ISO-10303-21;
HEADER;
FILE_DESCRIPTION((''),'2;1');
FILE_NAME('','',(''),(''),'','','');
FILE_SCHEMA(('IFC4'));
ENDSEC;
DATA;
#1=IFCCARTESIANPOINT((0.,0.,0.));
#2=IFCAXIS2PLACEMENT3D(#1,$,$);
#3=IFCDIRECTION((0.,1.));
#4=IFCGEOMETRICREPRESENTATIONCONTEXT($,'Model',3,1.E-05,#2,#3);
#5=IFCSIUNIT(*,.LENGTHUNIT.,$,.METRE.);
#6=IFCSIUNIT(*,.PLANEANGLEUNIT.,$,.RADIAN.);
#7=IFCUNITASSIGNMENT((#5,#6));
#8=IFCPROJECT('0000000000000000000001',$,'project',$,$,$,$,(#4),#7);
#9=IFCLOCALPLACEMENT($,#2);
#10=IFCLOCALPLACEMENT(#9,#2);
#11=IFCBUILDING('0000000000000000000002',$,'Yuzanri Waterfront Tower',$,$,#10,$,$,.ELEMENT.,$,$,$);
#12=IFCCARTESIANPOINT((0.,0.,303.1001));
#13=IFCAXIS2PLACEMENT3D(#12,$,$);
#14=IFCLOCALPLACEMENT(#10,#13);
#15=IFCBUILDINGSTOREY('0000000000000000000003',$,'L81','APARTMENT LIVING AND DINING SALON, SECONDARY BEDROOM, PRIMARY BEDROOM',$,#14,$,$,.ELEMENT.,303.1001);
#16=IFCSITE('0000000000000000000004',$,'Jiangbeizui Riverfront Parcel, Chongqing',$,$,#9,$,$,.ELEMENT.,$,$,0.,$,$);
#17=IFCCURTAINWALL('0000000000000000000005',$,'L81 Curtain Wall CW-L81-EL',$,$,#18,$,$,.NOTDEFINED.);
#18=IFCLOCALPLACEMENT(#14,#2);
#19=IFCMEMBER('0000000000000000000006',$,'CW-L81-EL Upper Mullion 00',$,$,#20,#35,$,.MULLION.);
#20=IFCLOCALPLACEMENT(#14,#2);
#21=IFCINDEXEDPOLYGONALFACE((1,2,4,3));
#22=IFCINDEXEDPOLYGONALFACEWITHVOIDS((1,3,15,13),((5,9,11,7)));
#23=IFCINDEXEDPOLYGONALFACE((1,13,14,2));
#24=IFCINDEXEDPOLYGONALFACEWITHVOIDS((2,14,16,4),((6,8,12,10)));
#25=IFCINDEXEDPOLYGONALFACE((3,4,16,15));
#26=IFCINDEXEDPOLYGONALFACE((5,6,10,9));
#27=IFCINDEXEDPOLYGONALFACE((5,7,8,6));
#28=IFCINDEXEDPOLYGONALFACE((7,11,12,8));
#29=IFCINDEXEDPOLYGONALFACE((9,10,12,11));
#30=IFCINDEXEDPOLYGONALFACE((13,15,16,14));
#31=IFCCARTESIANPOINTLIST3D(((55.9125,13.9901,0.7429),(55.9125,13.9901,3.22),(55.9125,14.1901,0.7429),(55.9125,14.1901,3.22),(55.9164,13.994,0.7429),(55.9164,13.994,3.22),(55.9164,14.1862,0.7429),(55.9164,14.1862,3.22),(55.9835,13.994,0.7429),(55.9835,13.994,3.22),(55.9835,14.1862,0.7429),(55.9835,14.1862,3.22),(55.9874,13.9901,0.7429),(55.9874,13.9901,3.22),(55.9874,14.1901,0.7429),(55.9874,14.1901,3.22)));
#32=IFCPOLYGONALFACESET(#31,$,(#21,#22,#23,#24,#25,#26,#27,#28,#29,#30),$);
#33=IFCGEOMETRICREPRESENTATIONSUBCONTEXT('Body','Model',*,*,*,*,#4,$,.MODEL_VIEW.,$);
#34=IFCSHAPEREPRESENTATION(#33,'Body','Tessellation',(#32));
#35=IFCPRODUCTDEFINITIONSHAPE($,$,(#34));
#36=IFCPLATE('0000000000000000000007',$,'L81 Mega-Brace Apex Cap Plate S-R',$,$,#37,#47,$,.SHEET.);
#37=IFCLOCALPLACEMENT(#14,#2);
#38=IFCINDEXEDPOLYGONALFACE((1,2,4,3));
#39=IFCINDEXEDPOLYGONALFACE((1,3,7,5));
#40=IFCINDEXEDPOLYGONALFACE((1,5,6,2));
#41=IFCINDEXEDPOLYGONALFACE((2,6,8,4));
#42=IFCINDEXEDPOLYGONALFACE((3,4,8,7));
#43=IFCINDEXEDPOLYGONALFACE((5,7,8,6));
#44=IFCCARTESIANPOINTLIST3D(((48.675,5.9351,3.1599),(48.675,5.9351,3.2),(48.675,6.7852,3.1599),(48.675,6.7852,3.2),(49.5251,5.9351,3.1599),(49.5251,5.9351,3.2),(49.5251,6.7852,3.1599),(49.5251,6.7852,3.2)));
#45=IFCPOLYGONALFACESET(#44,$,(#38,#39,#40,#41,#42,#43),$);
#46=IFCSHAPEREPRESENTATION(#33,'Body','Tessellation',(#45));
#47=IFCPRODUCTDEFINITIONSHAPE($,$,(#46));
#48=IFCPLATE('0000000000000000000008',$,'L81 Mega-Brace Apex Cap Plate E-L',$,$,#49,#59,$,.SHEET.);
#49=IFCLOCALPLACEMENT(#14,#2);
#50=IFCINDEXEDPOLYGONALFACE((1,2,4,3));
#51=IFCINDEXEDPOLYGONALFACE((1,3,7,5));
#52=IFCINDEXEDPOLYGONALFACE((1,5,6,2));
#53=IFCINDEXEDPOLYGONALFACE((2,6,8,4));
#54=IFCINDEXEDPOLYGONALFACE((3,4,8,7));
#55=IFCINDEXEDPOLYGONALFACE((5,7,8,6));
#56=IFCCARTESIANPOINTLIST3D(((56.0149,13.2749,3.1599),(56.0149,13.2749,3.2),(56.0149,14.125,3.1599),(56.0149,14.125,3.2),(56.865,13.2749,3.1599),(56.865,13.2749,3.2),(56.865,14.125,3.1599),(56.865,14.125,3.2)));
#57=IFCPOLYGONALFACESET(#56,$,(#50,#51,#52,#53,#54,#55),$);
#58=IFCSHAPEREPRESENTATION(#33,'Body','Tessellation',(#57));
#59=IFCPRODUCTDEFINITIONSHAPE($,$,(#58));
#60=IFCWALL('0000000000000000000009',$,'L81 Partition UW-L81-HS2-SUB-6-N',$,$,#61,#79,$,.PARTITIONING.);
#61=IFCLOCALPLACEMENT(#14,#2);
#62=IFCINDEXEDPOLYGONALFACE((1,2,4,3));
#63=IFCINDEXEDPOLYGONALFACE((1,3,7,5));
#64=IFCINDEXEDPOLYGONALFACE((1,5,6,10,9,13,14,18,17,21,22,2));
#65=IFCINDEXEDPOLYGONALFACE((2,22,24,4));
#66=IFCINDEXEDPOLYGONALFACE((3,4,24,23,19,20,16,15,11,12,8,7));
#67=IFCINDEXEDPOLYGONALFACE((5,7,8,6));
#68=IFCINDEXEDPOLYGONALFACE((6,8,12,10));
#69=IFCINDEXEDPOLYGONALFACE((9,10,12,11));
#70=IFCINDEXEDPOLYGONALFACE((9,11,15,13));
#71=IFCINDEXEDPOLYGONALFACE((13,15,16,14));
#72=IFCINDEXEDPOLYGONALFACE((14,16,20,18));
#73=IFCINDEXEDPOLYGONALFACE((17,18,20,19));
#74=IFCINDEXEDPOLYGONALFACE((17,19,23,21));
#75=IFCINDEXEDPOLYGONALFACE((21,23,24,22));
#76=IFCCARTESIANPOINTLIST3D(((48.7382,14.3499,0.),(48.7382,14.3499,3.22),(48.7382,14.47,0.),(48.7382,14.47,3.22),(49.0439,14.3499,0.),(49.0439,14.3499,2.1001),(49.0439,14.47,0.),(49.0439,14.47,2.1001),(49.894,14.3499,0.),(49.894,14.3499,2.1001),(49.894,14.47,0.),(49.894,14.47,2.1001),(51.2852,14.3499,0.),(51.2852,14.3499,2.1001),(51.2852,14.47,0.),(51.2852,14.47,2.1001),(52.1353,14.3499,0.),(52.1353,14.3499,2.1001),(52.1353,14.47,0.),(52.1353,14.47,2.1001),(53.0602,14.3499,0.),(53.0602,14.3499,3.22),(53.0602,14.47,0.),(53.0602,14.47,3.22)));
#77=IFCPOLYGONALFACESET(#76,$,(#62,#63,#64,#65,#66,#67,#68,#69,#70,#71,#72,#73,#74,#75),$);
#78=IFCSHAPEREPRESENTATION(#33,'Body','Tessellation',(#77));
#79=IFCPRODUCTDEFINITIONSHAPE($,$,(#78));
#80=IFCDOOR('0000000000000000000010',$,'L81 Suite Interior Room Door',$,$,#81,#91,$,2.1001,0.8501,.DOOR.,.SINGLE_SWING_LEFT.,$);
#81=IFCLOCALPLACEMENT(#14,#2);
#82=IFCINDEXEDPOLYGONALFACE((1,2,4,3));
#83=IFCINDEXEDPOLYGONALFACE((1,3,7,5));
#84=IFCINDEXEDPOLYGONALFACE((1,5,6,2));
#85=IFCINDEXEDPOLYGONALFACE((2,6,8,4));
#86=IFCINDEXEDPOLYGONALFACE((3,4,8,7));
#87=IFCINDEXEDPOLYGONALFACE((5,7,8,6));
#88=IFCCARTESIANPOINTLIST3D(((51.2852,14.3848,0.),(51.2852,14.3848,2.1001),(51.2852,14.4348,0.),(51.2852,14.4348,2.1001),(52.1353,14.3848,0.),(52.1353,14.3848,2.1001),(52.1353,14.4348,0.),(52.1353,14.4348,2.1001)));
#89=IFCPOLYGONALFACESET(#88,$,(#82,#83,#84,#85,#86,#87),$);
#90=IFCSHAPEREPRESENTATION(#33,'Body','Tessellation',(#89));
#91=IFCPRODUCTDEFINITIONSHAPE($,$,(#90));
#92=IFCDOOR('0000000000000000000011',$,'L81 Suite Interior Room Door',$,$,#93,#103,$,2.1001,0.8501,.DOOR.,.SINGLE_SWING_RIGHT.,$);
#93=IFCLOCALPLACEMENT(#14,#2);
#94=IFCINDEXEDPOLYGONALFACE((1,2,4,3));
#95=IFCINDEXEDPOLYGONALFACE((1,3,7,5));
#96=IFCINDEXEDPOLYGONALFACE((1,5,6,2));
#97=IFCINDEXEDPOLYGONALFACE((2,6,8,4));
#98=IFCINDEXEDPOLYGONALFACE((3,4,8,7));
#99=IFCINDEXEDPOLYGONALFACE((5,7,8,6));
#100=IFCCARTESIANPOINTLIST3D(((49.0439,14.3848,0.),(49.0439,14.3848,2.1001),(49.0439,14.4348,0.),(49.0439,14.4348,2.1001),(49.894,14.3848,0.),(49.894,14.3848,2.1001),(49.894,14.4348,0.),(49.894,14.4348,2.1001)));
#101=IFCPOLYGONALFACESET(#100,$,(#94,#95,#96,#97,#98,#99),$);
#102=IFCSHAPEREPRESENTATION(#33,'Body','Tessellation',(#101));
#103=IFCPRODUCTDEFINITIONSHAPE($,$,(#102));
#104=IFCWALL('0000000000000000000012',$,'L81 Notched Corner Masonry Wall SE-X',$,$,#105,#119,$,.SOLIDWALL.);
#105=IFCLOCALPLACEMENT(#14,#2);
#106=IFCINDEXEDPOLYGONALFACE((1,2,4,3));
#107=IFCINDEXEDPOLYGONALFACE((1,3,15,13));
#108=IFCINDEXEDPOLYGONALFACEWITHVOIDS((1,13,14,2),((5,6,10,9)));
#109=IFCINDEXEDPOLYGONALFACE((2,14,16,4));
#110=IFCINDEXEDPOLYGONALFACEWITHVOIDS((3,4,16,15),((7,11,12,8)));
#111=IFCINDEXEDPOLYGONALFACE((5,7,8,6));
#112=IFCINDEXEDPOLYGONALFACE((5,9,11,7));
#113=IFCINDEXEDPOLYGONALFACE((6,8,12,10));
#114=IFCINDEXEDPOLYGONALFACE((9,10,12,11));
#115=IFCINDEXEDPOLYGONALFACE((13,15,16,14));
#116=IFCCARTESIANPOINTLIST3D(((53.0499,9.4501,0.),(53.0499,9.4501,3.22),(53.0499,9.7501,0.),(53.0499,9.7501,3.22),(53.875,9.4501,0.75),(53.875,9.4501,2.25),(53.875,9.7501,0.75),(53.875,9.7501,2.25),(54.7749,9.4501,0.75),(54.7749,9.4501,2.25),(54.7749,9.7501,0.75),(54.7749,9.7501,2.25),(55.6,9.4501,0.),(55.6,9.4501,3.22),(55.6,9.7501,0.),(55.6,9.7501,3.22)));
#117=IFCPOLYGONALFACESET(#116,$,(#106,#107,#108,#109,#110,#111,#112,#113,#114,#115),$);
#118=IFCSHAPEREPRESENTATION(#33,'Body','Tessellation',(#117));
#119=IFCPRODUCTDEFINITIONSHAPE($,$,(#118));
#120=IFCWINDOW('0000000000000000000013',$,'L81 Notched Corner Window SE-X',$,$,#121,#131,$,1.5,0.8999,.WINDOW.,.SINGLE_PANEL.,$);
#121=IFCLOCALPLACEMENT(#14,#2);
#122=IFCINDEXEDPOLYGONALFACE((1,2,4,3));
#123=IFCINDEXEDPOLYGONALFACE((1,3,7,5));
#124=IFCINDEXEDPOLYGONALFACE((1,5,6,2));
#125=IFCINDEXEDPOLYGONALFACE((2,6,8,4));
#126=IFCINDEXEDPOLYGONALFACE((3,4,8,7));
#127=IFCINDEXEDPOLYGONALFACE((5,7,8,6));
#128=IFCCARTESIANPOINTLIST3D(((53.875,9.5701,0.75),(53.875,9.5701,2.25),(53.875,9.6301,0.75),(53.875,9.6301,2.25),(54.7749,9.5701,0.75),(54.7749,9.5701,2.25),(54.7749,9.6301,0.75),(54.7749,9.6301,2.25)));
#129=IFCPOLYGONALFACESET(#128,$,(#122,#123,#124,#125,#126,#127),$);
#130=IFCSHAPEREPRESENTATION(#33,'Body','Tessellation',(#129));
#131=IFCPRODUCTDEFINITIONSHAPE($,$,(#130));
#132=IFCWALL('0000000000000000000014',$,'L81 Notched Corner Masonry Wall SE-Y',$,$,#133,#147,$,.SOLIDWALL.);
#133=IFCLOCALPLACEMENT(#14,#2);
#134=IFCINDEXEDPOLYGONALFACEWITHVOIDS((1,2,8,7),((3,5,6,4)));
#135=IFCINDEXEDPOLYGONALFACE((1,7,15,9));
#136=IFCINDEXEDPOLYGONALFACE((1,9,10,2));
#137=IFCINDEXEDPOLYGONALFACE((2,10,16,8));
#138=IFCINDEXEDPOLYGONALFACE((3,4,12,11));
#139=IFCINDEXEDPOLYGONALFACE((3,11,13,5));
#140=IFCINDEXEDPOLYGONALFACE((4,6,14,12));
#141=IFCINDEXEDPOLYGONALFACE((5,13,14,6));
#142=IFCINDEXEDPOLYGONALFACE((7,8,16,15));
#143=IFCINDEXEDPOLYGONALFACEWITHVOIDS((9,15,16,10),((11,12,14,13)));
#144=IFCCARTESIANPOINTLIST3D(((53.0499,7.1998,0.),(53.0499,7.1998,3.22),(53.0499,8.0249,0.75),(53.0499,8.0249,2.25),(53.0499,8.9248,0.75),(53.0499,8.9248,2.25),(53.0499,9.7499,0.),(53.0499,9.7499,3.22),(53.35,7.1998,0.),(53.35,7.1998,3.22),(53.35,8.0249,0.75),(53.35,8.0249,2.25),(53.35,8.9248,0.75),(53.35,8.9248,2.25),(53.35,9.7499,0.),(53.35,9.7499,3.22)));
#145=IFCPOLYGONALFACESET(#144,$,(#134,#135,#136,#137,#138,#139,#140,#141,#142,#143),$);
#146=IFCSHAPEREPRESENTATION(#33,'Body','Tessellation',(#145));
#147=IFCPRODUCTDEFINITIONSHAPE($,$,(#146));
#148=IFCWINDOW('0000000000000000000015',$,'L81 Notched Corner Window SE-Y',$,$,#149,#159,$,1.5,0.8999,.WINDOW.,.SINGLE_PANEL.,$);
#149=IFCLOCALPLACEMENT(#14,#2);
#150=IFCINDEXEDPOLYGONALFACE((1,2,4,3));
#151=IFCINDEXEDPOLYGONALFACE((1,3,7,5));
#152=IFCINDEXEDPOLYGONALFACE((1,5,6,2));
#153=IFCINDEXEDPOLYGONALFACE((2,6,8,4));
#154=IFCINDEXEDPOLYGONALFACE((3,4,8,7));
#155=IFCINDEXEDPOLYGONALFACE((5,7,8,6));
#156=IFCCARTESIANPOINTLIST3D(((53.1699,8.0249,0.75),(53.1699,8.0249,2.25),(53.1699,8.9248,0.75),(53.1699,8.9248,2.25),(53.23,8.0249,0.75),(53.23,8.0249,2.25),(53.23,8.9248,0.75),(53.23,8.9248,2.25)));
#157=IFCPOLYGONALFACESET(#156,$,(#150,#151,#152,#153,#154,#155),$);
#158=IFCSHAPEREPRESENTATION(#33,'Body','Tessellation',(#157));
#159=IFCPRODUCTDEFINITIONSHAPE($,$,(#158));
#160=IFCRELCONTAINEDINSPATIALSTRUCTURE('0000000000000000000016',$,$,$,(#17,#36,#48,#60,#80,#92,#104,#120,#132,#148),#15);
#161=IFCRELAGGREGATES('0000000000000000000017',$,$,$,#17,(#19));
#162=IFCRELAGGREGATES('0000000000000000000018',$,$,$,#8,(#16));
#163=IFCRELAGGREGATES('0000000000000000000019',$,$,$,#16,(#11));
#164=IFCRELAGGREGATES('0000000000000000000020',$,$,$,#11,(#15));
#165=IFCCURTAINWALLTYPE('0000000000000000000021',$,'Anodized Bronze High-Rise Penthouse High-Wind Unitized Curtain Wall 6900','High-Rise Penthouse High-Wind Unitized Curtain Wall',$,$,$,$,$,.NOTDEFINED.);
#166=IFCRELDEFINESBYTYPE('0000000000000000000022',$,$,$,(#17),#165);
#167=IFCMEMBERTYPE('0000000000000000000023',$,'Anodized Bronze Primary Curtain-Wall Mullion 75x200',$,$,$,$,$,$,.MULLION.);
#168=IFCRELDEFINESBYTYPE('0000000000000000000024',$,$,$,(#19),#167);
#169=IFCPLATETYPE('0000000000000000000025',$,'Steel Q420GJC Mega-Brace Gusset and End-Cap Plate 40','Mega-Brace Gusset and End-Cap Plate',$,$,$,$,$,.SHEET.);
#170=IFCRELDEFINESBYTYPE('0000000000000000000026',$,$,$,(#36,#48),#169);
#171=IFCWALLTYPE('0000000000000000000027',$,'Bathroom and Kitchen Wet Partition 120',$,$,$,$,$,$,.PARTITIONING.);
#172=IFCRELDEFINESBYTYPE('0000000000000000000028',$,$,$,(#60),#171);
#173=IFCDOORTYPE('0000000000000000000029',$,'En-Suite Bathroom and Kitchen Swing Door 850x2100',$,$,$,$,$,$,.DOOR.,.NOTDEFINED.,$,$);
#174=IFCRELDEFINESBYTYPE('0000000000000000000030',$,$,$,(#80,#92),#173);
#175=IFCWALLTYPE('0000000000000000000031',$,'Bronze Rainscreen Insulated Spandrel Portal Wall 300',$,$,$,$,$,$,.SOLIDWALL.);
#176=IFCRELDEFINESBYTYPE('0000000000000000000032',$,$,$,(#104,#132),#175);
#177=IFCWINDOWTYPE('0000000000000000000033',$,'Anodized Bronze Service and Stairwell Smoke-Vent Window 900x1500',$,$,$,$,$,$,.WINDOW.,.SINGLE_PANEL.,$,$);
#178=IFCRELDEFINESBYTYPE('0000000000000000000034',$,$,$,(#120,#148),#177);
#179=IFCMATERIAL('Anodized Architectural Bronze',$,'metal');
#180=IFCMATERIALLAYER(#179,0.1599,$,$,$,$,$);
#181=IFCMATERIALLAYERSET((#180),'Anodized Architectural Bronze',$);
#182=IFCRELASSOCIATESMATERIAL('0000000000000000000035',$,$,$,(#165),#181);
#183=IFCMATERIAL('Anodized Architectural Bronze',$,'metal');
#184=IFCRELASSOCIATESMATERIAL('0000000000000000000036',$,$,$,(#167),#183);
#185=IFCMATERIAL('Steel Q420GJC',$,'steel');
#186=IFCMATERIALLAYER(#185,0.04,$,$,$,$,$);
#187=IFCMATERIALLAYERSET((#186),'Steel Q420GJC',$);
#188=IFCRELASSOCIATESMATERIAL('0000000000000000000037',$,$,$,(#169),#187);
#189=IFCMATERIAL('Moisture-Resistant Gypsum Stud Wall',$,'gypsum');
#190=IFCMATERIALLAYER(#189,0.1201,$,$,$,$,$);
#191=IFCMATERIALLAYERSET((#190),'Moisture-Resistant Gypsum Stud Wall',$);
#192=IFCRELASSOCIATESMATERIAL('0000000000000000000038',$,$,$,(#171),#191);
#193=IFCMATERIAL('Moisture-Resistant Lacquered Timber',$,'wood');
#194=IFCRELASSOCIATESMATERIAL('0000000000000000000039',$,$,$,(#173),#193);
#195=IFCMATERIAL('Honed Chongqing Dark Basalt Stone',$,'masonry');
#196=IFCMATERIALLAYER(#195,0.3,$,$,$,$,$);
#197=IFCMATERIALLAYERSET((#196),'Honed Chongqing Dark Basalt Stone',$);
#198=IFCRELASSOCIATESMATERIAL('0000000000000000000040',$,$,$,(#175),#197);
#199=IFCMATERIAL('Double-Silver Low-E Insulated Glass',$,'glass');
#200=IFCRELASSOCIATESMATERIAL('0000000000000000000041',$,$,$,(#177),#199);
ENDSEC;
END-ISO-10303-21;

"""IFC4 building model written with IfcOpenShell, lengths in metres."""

from ifc_helpers import new_model, si_unit, direction, frame, frame_2d, origin, origin_2d, place, context, subcontext, project, spatial, rectangle, hollow_rectangle, extrude, source, transform, mapped, material, layer, layer_set, material_profile, profile_set, type_object, element, fill, aggregate, save


model = new_model("IFC4")

# Units and contexts
model_context = context("Model", 3, precision=1e-05, world=origin(), true_north=direction((0.0, 1.0)))
body_context = subcontext(model_context, "Body", "Model", "MODEL_VIEW")
ifc_project = project(units=[si_unit("LENGTHUNIT", "METRE"), si_unit("PLANEANGLEUNIT", "RADIAN")], contexts=[model_context])

# Site, building, storey
site_placement = place(None, origin())
site = spatial("IfcSite", under=ifc_project, at=site_placement, Name="Jiangbeizui Riverfront Parcel, Chongqing", CompositionType="ELEMENT", RefElevation=0.0)
building_placement = place(site_placement, origin())
building = spatial("IfcBuilding", under=site, at=building_placement, Name="Yuzanri Waterfront Tower", CompositionType="ELEMENT")
storey_placement = place(building_placement, frame((0.0, 0.0, 303.1001)))
storey = spatial("IfcBuildingStorey", under=building, at=storey_placement, Name="L81", Description="APARTMENT LIVING AND DINING SALON, SECONDARY BEDROOM, PRIMARY BEDROOM", CompositionType="ELEMENT", Elevation=303.1001)

# Curtain wall
ifc_material_1 = material(Name="Anodized Architectural Bronze", Category="metal")
ifc_layer_1 = layer(ifc_material_1, 0.1599)
ifc_layer_set_1 = layer_set([ifc_layer_1], Name="Anodized Architectural Bronze")
curtain_wall_type = type_object("IfcCurtainWallType", Name="Anodized Bronze High-Rise Penthouse High-Wind Unitized Curtain Wall 6900", Description="High-Rise Penthouse High-Wind Unitized Curtain Wall", PredefinedType="NOTDEFINED", material=ifc_layer_set_1)
curtain_wall_1_placement = place(storey_placement, origin())
curtain_wall_1 = element("IfcCurtainWall", 1, at=curtain_wall_1_placement, inside=storey, type_object=curtain_wall_type, Name="L81 Curtain Wall CW-L81-EL", PredefinedType="NOTDEFINED")
ifc_material_2 = material(Name="Anodized Architectural Bronze", Category="metal")
ifc_material_profile_1 = material_profile(ifc_material_2, hollow_rectangle(XDim=0.075, YDim=0.2, WallThickness=0.0039, at=origin_2d()), Name="CWM 75x200")
ifc_profile_set_1 = profile_set([ifc_material_profile_1], Name="Anodized Architectural Bronze")
member_type_1 = type_object("IfcMemberType", Name="Anodized Bronze Primary Curtain-Wall Mullion 75x200", PredefinedType="MULLION", material=ifc_profile_set_1)

# Shared definitions
shared_shape_1 = source(origin(), body_context, "Body", "SweptSolid", [
    extrude(hollow_rectangle(XDim=0.075, YDim=0.2, WallThickness=0.0039, at=origin_2d()), origin(), (0.0, 0.0, 1.0), 2.4771),
])

# Member
member_1_placement = place(storey_placement, frame((55.95, 14.0901, 0.7429), z_axis=(0.0, 0.0, 1.0), x_axis=(1.0, 0.0, 0.0)))
member_1 = element("IfcMember", 2, at=member_1_placement, type_object=member_type_1, Name="CW-L81-EL Upper Mullion 00", PredefinedType="MULLION", context=body_context, shape_type="MappedRepresentation", body=[
    mapped(shared_shape_1, transform((0.0, 0.0, 0.0), scale=1.0)),
])
aggregate(curtain_wall_1, [member_1])

# Plates
ifc_material_3 = material(Name="Steel Q420GJC", Category="steel")
ifc_layer_2 = layer(ifc_material_3, 0.04)
ifc_layer_set_2 = layer_set([ifc_layer_2], Name="Steel Q420GJC")
plate_type = type_object("IfcPlateType", Name="Steel Q420GJC Mega-Brace Gusset and End-Cap Plate 40", Description="Mega-Brace Gusset and End-Cap Plate", PredefinedType="SHEET", material=ifc_layer_set_2)
shared_shape_2 = source(origin(), body_context, "Body", "SweptSolid", [
    extrude(rectangle(XDim=0.8501, YDim=0.8501, at=origin_2d()), origin(), (0.0, 0.0, 1.0), 0.04),
])
for number, where, z_axis, x_axis, name in (
    (3, (49.1001, 6.3601, 3.1599), (0.0, 0.0, 1.0), (1.0, 0.0, 0.0), "L81 Mega-Brace Apex Cap Plate S-R"),
    (4, (56.4399, 13.7, 3.1599), (0.0, 0.0, 1.0), (1.0, 0.0, 0.0), "L81 Mega-Brace Apex Cap Plate E-L"),
):
    element("IfcPlate", number, at=place(storey_placement, frame(where, z_axis=z_axis, x_axis=x_axis)), inside=storey, type_object=plate_type, Name=name, PredefinedType="SHEET", context=body_context, shape_type="MappedRepresentation", body=[
        mapped(shared_shape_2, transform((0.0, 0.0, 0.0), scale=1.0)),
    ])

# Wall, openings, doors
ifc_material_4 = material(Name="Moisture-Resistant Gypsum Stud Wall", Category="gypsum")
ifc_layer_3 = layer(ifc_material_4, 0.1201)
ifc_layer_set_3 = layer_set([ifc_layer_3], Name="Moisture-Resistant Gypsum Stud Wall")
wall_type_1 = type_object("IfcWallType", Name="Bathroom and Kitchen Wet Partition 120", PredefinedType="PARTITIONING", material=ifc_layer_set_3)
wall_1_placement = place(storey_placement, frame((48.738, 14.4099, 0.0), z_axis=(0.0, 0.0, 1.0), x_axis=(1.0, 0.0, 0.0)))
wall_1 = element("IfcWall", 5, at=wall_1_placement, inside=storey, type_object=wall_type_1, Name="L81 Partition UW-L81-HS2-SUB-6-N", PredefinedType="PARTITIONING", context=body_context, shape_type="SweptSolid", body=[
    extrude(rectangle(XDim=4.322, YDim=0.1201, at=frame_2d((2.1611, 0.0))), origin(), (0.0, 0.0, 1.0), 3.22),
])
opening_1_placement = place(wall_1_placement, frame((2.5471, 0.0, 0.0)))
opening_1 = element("IfcOpeningElement", 6, at=opening_1_placement, cuts=wall_1, PredefinedType="OPENING", context=body_context, shape_type="SweptSolid", body=[
    extrude(rectangle(XDim=0.8501, YDim=2.1001, at=frame_2d((0.425, 1.05))), frame((0.0, 0.075, 0.0), z_axis=(0.0, -1.0, 0.0), x_axis=(1.0, 0.0, 0.0)), (0.0, 0.0, 1.0), 0.1499),
])
opening_2_placement = place(wall_1_placement, frame((0.3059, 0.0, 0.0)))
opening_2 = element("IfcOpeningElement", 7, at=opening_2_placement, cuts=wall_1, PredefinedType="OPENING", context=body_context, shape_type="SweptSolid", body=[
    extrude(rectangle(XDim=0.8501, YDim=2.1001, at=frame_2d((0.425, 1.05))), frame((0.0, 0.075, 0.0), z_axis=(0.0, -1.0, 0.0), x_axis=(1.0, 0.0, 0.0)), (0.0, 0.0, 1.0), 0.1499),
])
ifc_material_5 = material(Name="Moisture-Resistant Lacquered Timber", Category="wood")
door_type = type_object("IfcDoorType", Name="En-Suite Bathroom and Kitchen Swing Door 850x2100", OperationType="NOTDEFINED", PredefinedType="DOOR", material=ifc_material_5)
shared_shape_3 = source(origin(), body_context, "Body", "SweptSolid", [
    extrude(rectangle(XDim=0.8501, YDim=2.1001, at=frame_2d((0.425, 1.05))), frame((0.0, 0.0249, 0.0), z_axis=(0.0, -1.0, 0.0), x_axis=(1.0, 0.0, 0.0)), (0.0, 0.0, 1.0), 0.05),
])
door_1_placement = place(opening_1_placement, origin())
door_1 = element("IfcDoor", 8, at=door_1_placement, inside=storey, type_object=door_type, Name="L81 Suite Interior Room Door", OperationType="SINGLE_SWING_LEFT", OverallHeight=2.1001, OverallWidth=0.8501, PredefinedType="DOOR", context=body_context, shape_type="MappedRepresentation", body=[
    mapped(shared_shape_3, transform((0.0, 0.0, 0.0), scale=1.0)),
])
fill(opening_1, door_1)
door_2_placement = place(opening_2_placement, origin())
door_2 = element("IfcDoor", 9, at=door_2_placement, inside=storey, type_object=door_type, Name="L81 Suite Interior Room Door", OperationType="SINGLE_SWING_RIGHT", OverallHeight=2.1001, OverallWidth=0.8501, PredefinedType="DOOR", context=body_context, shape_type="MappedRepresentation", body=[
    mapped(shared_shape_3, transform((0.0, 0.0, 0.0), scale=1.0)),
])
fill(opening_2, door_2)

# Walls, openings, windows
ifc_material_6 = material(Name="Honed Chongqing Dark Basalt Stone", Category="masonry")
ifc_layer_4 = layer(ifc_material_6, 0.3)
ifc_layer_set_4 = layer_set([ifc_layer_4], Name="Honed Chongqing Dark Basalt Stone")
wall_type_2 = type_object("IfcWallType", Name="Bronze Rainscreen Insulated Spandrel Portal Wall 300", PredefinedType="SOLIDWALL", material=ifc_layer_set_4)
wall_2_placement = place(storey_placement, frame((53.05, 9.6001, 0.0), z_axis=(0.0, 0.0, 1.0), x_axis=(1.0, 0.0, 0.0)))
wall_2 = element("IfcWall", 10, at=wall_2_placement, inside=storey, type_object=wall_type_2, Name="L81 Notched Corner Masonry Wall SE-X", PredefinedType="SOLIDWALL", context=body_context, shape_type="SweptSolid", body=[
    extrude(rectangle(XDim=2.55, YDim=0.3, at=frame_2d((1.2749, 0.0))), origin(), (0.0, 0.0, 1.0), 3.22),
])
opening_3_placement = place(wall_2_placement, frame((0.825, 0.0, 0.75)))
opening_3 = element("IfcOpeningElement", 11, at=opening_3_placement, cuts=wall_2, PredefinedType="OPENING", context=body_context, shape_type="SweptSolid", body=[
    extrude(rectangle(XDim=0.8999, YDim=1.5, at=frame_2d((0.45, 0.75))), frame((0.0, 0.165, 0.0), z_axis=(0.0, -1.0, 0.0), x_axis=(1.0, 0.0, 0.0)), (0.0, 0.0, 1.0), 0.3298),
])
ifc_material_7 = material(Name="Double-Silver Low-E Insulated Glass", Category="glass")
window_type = type_object("IfcWindowType", Name="Anodized Bronze Service and Stairwell Smoke-Vent Window 900x1500", PartitioningType="SINGLE_PANEL", PredefinedType="WINDOW", material=ifc_material_7)
shared_shape_4 = source(origin(), body_context, "Body", "SweptSolid", [
    extrude(rectangle(XDim=0.8999, YDim=1.5, at=frame_2d((0.45, 0.75))), frame((0.0, 0.03, 0.0), z_axis=(0.0, -1.0, 0.0), x_axis=(1.0, 0.0, 0.0)), (0.0, 0.0, 1.0), 0.0601),
])
window_1_placement = place(opening_3_placement, origin())
window_1 = element("IfcWindow", 12, at=window_1_placement, inside=storey, type_object=window_type, Name="L81 Notched Corner Window SE-X", OverallHeight=1.5, OverallWidth=0.8999, PartitioningType="SINGLE_PANEL", PredefinedType="WINDOW", context=body_context, shape_type="MappedRepresentation", body=[
    mapped(shared_shape_4, transform((0.0, 0.0, 0.0), scale=1.0)),
])
fill(opening_3, window_1)
wall_3_placement = place(storey_placement, frame((53.2, 7.2, 0.0), z_axis=(0.0, 0.0, 1.0), x_axis=(0.0, 1.0, 0.0)))
wall_3 = element("IfcWall", 13, at=wall_3_placement, inside=storey, type_object=wall_type_2, Name="L81 Notched Corner Masonry Wall SE-Y", PredefinedType="SOLIDWALL", context=body_context, shape_type="SweptSolid", body=[
    extrude(rectangle(XDim=2.55, YDim=0.3, at=frame_2d((1.2749, 0.0))), origin(), (0.0, 0.0, 1.0), 3.22),
])
opening_4_placement = place(wall_3_placement, frame((0.825, 0.0, 0.75)))
opening_4 = element("IfcOpeningElement", 14, at=opening_4_placement, cuts=wall_3, PredefinedType="OPENING", context=body_context, shape_type="SweptSolid", body=[
    extrude(rectangle(XDim=0.8999, YDim=1.5, at=frame_2d((0.45, 0.75))), frame((0.0, 0.165, 0.0), z_axis=(0.0, -1.0, 0.0), x_axis=(1.0, 0.0, 0.0)), (0.0, 0.0, 1.0), 0.3298),
])
window_2_placement = place(opening_4_placement, origin())
window_2 = element("IfcWindow", 15, at=window_2_placement, inside=storey, type_object=window_type, Name="L81 Notched Corner Window SE-Y", OverallHeight=1.5, OverallWidth=0.8999, PartitioningType="SINGLE_PANEL", PredefinedType="WINDOW", context=body_context, shape_type="MappedRepresentation", body=[
    mapped(shared_shape_4, transform((0.0, 0.0, 0.0), scale=1.0)),
])
fill(opening_4, window_2)

save(model, "model.ifc")
